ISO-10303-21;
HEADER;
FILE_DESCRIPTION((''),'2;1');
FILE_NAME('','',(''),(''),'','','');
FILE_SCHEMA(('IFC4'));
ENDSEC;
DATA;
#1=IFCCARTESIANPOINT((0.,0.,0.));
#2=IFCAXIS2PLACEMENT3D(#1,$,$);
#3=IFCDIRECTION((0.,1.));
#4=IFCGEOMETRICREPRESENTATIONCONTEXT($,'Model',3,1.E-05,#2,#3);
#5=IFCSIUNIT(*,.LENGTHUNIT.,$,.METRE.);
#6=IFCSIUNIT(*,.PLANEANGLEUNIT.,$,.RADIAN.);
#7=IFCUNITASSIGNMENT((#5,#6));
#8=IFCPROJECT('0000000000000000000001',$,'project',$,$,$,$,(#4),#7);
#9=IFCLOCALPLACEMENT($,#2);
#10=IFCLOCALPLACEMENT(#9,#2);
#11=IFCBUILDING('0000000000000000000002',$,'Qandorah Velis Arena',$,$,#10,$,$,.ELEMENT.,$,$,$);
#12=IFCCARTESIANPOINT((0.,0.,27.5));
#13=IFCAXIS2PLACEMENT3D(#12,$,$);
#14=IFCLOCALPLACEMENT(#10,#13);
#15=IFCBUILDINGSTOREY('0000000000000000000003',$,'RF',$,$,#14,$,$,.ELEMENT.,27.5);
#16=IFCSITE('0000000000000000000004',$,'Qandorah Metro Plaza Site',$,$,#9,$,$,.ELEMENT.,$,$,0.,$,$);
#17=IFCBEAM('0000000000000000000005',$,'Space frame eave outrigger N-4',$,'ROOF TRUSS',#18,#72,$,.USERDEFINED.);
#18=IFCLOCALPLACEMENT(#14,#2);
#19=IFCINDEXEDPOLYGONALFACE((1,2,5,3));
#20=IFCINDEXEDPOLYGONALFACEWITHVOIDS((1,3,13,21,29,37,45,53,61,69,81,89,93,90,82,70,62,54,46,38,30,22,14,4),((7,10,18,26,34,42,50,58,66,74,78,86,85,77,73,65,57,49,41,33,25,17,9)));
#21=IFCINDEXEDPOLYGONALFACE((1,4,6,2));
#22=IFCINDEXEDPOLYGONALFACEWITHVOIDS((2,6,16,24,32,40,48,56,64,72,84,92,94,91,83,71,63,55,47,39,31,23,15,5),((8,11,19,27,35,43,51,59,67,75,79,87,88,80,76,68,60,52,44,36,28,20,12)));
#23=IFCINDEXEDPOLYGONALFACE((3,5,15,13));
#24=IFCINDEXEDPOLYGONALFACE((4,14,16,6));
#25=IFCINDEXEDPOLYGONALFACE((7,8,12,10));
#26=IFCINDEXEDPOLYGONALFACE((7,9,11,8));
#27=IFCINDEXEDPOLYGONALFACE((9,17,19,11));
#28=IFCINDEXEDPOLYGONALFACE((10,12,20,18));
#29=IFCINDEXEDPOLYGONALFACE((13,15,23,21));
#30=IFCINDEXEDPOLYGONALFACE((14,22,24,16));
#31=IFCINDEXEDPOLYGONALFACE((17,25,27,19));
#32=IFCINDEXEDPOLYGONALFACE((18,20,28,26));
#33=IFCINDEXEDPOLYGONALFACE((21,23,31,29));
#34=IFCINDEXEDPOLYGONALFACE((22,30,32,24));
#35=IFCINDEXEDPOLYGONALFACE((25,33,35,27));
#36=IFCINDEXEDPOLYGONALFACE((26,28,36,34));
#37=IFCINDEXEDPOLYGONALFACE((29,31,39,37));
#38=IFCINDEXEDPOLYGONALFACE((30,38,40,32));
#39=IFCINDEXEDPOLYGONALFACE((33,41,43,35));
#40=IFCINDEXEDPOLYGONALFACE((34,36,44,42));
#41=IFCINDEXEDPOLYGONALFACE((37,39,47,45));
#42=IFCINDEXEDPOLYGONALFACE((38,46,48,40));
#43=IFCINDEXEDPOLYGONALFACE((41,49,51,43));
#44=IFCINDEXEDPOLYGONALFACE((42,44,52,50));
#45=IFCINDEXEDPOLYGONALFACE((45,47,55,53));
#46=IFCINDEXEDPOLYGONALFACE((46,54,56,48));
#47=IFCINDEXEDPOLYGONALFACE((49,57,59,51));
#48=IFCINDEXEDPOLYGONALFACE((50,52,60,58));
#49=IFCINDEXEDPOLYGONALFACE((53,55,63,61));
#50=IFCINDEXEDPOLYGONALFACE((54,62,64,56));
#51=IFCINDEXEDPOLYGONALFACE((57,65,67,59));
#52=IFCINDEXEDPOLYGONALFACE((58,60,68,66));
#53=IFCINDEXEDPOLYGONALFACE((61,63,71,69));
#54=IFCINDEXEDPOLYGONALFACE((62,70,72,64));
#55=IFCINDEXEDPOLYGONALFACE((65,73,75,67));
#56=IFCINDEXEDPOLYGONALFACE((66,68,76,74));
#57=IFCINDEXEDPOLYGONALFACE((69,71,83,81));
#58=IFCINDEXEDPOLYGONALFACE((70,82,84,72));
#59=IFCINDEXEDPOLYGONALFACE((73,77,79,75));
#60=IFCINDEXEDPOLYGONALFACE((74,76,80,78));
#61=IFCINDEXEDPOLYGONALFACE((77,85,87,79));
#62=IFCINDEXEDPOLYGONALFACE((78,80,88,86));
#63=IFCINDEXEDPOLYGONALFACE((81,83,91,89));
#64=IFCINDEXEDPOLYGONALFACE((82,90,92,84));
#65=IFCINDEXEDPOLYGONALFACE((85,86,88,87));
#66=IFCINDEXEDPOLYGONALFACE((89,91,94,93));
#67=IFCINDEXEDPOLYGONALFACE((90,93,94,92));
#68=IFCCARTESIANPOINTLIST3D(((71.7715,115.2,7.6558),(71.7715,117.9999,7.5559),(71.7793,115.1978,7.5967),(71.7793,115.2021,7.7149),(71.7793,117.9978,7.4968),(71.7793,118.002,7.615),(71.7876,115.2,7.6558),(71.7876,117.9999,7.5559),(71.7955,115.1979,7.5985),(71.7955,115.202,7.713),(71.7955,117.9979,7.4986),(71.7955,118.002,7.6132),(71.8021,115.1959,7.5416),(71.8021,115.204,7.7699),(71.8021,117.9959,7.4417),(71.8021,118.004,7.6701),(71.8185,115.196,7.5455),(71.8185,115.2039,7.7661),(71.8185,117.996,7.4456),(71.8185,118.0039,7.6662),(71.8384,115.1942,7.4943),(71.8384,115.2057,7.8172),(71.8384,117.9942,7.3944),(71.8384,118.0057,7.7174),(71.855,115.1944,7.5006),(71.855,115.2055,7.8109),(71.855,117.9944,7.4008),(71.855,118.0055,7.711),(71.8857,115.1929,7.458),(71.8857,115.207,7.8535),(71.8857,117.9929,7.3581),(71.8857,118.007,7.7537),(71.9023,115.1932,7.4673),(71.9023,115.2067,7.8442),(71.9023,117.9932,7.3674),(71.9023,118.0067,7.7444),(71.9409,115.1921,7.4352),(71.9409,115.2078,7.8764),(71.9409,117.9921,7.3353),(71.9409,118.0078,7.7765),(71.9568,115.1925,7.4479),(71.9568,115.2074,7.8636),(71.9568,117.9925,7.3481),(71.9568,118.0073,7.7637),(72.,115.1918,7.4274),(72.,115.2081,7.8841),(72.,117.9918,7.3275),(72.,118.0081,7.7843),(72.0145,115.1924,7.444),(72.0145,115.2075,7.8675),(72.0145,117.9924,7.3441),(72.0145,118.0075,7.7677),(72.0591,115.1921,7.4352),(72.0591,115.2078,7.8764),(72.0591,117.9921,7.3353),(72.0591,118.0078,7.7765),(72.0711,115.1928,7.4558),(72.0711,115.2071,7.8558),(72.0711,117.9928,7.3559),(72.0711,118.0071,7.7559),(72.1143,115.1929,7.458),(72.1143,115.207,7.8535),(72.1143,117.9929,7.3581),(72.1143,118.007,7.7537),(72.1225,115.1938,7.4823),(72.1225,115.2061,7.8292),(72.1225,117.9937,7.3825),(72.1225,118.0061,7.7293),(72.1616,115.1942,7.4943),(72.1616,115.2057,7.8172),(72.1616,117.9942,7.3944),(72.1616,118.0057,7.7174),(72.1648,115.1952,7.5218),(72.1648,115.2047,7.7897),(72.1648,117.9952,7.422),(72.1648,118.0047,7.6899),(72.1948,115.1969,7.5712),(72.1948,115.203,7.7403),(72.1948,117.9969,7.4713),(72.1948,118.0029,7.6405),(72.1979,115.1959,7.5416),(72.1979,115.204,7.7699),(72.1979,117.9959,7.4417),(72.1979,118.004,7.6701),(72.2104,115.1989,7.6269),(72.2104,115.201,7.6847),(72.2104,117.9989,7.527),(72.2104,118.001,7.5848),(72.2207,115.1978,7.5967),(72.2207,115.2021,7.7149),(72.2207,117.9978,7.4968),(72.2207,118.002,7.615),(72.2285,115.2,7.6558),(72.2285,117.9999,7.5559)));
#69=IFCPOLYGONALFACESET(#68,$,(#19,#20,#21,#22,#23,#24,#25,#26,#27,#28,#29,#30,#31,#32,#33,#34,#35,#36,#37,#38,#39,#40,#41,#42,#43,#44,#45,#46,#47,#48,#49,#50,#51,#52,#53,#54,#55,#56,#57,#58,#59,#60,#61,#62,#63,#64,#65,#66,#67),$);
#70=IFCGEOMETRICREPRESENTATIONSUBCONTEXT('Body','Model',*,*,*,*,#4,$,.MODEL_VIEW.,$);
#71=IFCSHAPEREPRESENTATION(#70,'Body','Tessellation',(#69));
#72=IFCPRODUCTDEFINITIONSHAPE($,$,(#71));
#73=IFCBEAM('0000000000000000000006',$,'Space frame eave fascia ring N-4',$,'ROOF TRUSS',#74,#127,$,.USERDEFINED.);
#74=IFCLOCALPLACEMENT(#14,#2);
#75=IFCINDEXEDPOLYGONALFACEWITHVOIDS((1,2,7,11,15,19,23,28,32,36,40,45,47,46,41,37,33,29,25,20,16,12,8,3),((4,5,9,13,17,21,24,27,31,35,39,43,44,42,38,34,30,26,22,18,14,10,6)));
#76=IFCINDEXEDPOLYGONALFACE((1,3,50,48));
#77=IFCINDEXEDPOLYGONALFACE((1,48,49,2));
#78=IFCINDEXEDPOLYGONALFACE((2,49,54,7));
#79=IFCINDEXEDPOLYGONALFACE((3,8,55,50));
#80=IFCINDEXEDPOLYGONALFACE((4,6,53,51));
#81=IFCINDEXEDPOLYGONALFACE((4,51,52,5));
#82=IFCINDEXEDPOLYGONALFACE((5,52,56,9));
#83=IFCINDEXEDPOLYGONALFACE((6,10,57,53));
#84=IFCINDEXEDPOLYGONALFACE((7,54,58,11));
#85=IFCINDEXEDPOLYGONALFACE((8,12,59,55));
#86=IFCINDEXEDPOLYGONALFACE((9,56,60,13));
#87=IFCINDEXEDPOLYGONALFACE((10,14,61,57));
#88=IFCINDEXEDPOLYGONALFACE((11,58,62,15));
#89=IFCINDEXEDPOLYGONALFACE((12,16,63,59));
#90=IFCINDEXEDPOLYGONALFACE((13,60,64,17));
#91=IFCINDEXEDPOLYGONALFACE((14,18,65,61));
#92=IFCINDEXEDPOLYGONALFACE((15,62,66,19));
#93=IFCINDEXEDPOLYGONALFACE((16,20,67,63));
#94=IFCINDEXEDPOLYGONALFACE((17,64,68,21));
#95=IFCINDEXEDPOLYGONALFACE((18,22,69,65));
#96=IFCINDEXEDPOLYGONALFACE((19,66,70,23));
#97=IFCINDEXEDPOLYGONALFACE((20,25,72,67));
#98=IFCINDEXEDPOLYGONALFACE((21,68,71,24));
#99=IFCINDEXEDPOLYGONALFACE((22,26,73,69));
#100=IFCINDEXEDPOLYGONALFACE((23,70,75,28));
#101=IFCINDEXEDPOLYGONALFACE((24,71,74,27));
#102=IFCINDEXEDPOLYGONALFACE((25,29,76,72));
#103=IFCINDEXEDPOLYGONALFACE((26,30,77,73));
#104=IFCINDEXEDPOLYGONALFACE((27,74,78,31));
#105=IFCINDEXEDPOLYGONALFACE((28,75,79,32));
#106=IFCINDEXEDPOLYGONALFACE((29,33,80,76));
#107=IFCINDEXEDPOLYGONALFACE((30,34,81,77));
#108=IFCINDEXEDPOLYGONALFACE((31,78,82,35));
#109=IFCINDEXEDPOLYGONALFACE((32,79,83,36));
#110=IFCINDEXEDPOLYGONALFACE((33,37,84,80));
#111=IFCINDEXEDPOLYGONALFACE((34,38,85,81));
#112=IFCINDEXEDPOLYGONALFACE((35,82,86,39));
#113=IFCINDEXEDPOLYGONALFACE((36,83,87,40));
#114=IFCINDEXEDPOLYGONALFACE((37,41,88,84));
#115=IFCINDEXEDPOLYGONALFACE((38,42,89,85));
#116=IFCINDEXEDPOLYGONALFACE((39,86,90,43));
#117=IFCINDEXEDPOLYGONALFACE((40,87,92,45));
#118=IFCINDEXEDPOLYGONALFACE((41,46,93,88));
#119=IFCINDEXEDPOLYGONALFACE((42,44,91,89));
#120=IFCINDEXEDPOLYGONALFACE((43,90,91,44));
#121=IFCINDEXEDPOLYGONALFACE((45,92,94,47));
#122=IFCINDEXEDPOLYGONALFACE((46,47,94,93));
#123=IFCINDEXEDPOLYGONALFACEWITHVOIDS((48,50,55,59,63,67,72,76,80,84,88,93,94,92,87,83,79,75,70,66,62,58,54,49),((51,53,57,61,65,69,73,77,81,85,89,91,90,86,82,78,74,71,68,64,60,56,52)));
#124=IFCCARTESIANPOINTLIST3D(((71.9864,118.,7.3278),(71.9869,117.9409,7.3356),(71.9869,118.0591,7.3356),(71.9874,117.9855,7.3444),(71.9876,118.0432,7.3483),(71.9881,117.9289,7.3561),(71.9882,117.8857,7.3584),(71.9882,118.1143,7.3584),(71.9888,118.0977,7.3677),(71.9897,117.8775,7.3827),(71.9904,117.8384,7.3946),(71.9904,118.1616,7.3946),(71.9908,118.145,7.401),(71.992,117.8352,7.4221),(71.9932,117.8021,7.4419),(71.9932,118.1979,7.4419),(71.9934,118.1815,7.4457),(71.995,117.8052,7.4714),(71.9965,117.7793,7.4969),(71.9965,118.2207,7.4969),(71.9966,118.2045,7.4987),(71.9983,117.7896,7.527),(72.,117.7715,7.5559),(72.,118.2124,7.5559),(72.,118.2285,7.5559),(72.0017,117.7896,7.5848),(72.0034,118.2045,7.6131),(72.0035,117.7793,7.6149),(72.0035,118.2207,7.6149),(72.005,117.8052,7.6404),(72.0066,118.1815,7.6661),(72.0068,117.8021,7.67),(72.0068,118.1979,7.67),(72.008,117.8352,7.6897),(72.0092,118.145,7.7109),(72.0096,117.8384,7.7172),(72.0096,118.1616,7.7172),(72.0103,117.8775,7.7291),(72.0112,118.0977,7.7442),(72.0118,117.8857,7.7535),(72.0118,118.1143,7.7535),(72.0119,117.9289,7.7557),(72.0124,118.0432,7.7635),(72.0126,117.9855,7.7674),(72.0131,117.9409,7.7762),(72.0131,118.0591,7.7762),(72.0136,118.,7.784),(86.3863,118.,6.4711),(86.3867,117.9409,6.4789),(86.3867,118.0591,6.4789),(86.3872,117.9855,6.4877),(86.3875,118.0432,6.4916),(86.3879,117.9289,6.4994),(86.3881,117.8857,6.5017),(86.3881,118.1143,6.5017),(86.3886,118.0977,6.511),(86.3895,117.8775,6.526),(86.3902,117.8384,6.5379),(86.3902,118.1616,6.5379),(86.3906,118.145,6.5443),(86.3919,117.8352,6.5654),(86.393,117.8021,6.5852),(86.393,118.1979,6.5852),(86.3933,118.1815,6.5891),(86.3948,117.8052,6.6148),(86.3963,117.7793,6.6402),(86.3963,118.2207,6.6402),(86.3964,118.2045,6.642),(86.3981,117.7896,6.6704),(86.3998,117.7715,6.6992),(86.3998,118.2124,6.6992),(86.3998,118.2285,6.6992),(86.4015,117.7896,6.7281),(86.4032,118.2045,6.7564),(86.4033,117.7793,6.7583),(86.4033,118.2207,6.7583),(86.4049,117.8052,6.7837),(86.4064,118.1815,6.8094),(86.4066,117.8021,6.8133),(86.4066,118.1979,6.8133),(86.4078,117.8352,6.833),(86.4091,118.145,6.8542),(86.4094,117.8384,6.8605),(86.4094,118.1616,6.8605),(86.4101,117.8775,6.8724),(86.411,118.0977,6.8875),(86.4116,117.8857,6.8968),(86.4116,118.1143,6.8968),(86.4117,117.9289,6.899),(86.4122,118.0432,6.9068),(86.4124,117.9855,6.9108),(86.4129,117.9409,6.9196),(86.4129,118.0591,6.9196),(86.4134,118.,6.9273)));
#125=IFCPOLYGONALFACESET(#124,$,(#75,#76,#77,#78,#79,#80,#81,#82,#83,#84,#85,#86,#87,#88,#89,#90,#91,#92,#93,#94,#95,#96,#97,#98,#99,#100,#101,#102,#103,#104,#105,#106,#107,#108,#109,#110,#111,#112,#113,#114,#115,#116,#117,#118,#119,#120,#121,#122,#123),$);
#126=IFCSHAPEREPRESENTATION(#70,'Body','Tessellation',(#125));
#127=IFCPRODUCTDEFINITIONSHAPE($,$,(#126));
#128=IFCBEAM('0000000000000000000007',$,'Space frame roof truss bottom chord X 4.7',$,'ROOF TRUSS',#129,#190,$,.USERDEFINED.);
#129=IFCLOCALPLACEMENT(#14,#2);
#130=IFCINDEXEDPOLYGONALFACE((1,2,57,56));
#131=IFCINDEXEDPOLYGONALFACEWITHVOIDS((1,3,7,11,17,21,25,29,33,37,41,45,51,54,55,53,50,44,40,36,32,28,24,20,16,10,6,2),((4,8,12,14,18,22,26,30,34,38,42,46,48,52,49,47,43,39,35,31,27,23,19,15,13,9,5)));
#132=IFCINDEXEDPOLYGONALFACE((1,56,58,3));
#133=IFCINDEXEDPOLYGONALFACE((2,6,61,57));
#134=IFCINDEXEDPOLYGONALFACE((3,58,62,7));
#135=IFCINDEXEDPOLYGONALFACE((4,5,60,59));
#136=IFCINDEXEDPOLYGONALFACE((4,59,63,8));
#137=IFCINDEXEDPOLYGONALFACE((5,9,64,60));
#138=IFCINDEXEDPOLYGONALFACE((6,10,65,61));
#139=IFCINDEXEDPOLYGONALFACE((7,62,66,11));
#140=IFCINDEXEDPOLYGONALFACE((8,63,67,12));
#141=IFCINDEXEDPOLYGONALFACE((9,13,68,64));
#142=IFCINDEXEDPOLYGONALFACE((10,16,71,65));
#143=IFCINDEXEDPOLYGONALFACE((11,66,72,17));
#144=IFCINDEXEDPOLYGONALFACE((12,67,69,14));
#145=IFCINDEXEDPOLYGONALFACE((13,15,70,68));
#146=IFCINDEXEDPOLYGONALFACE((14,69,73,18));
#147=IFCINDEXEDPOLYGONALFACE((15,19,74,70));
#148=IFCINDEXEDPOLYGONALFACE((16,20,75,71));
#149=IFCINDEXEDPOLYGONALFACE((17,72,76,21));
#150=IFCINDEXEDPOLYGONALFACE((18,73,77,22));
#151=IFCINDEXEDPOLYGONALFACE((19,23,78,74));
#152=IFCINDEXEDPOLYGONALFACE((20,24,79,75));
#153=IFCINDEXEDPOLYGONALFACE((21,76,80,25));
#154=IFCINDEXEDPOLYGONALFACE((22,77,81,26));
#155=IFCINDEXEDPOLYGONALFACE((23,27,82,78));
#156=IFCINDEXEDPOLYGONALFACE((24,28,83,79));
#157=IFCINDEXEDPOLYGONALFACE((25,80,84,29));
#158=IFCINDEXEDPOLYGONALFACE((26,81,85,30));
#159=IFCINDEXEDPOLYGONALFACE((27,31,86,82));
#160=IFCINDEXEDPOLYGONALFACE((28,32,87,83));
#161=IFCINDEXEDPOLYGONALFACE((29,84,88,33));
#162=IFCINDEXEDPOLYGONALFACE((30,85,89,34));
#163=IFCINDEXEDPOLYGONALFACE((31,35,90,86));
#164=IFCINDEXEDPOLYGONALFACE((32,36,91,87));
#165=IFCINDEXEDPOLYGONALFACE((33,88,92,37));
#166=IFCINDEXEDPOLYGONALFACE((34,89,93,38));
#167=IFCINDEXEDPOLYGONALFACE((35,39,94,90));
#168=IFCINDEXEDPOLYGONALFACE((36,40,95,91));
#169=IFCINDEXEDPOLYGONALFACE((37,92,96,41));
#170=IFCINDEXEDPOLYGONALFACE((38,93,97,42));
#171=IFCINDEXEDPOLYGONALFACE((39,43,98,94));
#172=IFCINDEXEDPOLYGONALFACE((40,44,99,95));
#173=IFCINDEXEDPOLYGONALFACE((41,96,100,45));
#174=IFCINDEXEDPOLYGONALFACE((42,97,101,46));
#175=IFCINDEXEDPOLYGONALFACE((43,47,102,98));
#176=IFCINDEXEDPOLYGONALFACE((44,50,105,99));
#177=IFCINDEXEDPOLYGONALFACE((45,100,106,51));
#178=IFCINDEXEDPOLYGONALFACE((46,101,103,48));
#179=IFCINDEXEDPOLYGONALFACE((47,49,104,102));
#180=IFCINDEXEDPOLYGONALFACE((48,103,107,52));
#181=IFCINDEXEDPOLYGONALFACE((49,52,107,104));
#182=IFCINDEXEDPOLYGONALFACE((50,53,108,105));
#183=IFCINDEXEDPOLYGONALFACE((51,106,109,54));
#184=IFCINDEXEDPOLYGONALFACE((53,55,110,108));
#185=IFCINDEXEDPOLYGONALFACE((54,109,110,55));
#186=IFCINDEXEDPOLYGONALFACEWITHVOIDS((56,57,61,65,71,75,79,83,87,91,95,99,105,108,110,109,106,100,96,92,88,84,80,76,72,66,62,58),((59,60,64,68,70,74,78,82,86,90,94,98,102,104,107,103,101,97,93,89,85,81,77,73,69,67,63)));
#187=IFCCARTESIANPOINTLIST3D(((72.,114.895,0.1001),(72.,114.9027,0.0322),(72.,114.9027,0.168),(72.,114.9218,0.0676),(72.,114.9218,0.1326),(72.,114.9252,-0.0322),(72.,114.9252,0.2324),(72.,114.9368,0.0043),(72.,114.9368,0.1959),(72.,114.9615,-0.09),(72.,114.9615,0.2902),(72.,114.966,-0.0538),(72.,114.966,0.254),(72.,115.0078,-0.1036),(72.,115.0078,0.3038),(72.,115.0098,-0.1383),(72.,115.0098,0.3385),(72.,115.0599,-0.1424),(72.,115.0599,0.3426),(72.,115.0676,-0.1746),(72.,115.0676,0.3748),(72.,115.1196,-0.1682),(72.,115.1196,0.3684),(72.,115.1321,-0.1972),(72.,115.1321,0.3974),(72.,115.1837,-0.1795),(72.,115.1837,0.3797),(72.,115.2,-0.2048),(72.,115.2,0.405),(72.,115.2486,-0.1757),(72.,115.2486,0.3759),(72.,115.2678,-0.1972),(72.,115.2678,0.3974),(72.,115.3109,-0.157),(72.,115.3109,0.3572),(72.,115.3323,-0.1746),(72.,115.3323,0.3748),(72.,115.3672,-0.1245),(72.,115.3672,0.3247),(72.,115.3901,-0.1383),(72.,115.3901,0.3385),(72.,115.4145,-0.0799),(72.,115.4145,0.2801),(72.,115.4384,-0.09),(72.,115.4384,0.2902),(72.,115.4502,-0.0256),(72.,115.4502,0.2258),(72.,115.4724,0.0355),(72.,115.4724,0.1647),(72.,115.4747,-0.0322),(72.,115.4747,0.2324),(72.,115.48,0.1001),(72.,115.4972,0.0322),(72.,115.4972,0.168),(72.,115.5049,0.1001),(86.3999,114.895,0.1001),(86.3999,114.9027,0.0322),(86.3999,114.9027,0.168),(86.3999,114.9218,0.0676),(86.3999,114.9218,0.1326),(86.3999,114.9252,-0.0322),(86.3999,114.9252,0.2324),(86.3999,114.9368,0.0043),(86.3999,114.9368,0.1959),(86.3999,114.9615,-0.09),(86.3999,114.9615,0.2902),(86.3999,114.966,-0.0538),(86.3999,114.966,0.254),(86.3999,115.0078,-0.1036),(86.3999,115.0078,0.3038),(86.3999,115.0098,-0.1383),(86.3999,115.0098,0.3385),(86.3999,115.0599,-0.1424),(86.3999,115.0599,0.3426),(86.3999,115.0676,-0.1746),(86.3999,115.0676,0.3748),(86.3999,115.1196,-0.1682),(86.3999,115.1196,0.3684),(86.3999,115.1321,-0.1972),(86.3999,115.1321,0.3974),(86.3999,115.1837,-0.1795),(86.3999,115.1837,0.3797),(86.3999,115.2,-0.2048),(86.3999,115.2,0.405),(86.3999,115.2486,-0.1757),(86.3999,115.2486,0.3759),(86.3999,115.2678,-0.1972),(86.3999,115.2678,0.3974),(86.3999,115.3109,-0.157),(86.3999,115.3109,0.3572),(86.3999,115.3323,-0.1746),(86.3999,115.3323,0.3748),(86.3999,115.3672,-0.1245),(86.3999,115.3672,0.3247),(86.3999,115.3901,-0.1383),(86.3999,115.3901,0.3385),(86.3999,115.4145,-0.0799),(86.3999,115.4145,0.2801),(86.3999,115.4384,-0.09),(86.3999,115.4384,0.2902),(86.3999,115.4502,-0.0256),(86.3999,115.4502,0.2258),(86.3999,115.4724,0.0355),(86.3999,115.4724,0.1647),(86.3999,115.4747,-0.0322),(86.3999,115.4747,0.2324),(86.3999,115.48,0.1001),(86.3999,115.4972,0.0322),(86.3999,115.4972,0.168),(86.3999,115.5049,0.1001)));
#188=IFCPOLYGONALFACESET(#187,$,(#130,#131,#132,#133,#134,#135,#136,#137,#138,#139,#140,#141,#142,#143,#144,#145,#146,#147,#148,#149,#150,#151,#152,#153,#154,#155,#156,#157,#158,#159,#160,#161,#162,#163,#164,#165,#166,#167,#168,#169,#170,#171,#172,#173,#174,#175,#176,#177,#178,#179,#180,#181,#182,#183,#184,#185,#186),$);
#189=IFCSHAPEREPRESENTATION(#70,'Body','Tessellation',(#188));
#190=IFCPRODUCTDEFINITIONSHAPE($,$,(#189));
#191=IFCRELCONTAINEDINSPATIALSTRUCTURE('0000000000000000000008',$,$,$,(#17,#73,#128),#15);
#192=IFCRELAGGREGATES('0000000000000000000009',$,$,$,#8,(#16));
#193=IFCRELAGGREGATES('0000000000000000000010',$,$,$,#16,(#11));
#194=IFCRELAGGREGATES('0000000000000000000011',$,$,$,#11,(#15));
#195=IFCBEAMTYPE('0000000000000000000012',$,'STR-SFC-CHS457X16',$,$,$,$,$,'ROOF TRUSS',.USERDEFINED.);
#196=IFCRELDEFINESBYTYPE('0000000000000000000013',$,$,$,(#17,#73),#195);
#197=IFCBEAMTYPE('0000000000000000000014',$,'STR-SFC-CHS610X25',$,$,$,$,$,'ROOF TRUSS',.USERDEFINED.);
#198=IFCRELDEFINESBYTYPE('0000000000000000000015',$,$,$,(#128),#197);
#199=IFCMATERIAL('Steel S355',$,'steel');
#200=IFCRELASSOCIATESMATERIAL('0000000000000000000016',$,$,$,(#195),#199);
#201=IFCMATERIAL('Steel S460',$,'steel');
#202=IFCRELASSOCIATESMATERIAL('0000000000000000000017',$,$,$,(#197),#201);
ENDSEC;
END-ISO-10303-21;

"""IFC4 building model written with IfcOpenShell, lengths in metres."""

from ifc_helpers import new_model, si_unit, direction, frame, origin, origin_2d, place, context, subcontext, project, spatial, hollow_circle, extrude, material, material_profile, profile_set, type_object, element, save


model = new_model("IFC4")

# Units and contexts
model_context = context("Model", 3, precision=1e-05, world=origin(), true_north=direction((0.0, 1.0)))
body_context = subcontext(model_context, "Body", "Model", "MODEL_VIEW")
ifc_project = project(units=[si_unit("LENGTHUNIT", "METRE"), si_unit("PLANEANGLEUNIT", "RADIAN")], contexts=[model_context])

# Site, building, storey
site_placement = place(None, origin())
site = spatial("IfcSite", under=ifc_project, at=site_placement, Name="Qandorah Metro Plaza Site", CompositionType="ELEMENT", RefElevation=0.0)
building_placement = place(site_placement, origin())
building = spatial("IfcBuilding", under=site, at=building_placement, Name="Qandorah Velis Arena", CompositionType="ELEMENT")
storey_placement = place(building_placement, frame((0.0, 0.0, 27.5)))
storey = spatial("IfcBuildingStorey", under=building, at=storey_placement, Name="RF", CompositionType="ELEMENT", Elevation=27.5)

# Beams
ifc_material_1 = material(Name="Steel S355", Category="steel")
ifc_material_profile_1 = material_profile(ifc_material_1, hollow_circle(Radius=0.2285, WallThickness=0.0161, at=origin_2d()), Name="CHS 457x16")
ifc_profile_set_1 = profile_set([ifc_material_profile_1], Name="Steel S355")
beam_type_1 = type_object("IfcBeamType", Name="STR-SFC-CHS457X16", ElementType="ROOF TRUSS", PredefinedType="USERDEFINED", material=ifc_profile_set_1)
beam_1_placement = place(storey_placement, frame((72.0, 115.2, 7.6558), z_axis=(0.0, 0.999365, -0.035639), x_axis=(-1.0, 0.0, 0.0)))
element("IfcBeam", 1, at=beam_1_placement, inside=storey, type_object=beam_type_1, Name="Space frame eave outrigger N-4", ObjectType="ROOF TRUSS", PredefinedType="USERDEFINED", context=body_context, shape_type="SweptSolid", body=[
    extrude(hollow_circle(Radius=0.2285, WallThickness=0.0161, at=origin_2d()), origin(), (0.0, 0.0, 1.0), 2.8018),
])
beam_2_placement = place(storey_placement, frame((72.0, 118.0, 7.5559), z_axis=(0.998235, 0.0, -0.059388), x_axis=(0.0, 1.0, 0.0)))
element("IfcBeam", 2, at=beam_2_placement, inside=storey, type_object=beam_type_1, Name="Space frame eave fascia ring N-4", ObjectType="ROOF TRUSS", PredefinedType="USERDEFINED", context=body_context, shape_type="SweptSolid", body=[
    extrude(hollow_circle(Radius=0.2285, WallThickness=0.0161, at=origin_2d()), origin(), (0.0, 0.0, 1.0), 14.4253),
])
ifc_material_2 = material(Name="Steel S460", Category="steel")
ifc_material_profile_2 = material_profile(ifc_material_2, hollow_circle(Radius=0.3049, WallThickness=0.0249, at=origin_2d()), Name="CHS 610x25")
ifc_profile_set_2 = profile_set([ifc_material_profile_2], Name="Steel S460")
beam_type_2 = type_object("IfcBeamType", Name="STR-SFC-CHS610X25", ElementType="ROOF TRUSS", PredefinedType="USERDEFINED", material=ifc_profile_set_2)
beam_3_placement = place(storey_placement, frame((72.0, 115.2, 0.1001), z_axis=(1.0, 0.0, 0.0), x_axis=(0.0, 1.0, 0.0)))
element("IfcBeam", 3, at=beam_3_placement, inside=storey, type_object=beam_type_2, Name="Space frame roof truss bottom chord X 4.7", ObjectType="ROOF TRUSS", PredefinedType="USERDEFINED", context=body_context, shape_type="SweptSolid", body=[
    extrude(hollow_circle(Radius=0.3049, WallThickness=0.0249, at=origin_2d()), origin(), (0.0, 0.0, 1.0), 14.3999),
])

save(model, "model.ifc")
